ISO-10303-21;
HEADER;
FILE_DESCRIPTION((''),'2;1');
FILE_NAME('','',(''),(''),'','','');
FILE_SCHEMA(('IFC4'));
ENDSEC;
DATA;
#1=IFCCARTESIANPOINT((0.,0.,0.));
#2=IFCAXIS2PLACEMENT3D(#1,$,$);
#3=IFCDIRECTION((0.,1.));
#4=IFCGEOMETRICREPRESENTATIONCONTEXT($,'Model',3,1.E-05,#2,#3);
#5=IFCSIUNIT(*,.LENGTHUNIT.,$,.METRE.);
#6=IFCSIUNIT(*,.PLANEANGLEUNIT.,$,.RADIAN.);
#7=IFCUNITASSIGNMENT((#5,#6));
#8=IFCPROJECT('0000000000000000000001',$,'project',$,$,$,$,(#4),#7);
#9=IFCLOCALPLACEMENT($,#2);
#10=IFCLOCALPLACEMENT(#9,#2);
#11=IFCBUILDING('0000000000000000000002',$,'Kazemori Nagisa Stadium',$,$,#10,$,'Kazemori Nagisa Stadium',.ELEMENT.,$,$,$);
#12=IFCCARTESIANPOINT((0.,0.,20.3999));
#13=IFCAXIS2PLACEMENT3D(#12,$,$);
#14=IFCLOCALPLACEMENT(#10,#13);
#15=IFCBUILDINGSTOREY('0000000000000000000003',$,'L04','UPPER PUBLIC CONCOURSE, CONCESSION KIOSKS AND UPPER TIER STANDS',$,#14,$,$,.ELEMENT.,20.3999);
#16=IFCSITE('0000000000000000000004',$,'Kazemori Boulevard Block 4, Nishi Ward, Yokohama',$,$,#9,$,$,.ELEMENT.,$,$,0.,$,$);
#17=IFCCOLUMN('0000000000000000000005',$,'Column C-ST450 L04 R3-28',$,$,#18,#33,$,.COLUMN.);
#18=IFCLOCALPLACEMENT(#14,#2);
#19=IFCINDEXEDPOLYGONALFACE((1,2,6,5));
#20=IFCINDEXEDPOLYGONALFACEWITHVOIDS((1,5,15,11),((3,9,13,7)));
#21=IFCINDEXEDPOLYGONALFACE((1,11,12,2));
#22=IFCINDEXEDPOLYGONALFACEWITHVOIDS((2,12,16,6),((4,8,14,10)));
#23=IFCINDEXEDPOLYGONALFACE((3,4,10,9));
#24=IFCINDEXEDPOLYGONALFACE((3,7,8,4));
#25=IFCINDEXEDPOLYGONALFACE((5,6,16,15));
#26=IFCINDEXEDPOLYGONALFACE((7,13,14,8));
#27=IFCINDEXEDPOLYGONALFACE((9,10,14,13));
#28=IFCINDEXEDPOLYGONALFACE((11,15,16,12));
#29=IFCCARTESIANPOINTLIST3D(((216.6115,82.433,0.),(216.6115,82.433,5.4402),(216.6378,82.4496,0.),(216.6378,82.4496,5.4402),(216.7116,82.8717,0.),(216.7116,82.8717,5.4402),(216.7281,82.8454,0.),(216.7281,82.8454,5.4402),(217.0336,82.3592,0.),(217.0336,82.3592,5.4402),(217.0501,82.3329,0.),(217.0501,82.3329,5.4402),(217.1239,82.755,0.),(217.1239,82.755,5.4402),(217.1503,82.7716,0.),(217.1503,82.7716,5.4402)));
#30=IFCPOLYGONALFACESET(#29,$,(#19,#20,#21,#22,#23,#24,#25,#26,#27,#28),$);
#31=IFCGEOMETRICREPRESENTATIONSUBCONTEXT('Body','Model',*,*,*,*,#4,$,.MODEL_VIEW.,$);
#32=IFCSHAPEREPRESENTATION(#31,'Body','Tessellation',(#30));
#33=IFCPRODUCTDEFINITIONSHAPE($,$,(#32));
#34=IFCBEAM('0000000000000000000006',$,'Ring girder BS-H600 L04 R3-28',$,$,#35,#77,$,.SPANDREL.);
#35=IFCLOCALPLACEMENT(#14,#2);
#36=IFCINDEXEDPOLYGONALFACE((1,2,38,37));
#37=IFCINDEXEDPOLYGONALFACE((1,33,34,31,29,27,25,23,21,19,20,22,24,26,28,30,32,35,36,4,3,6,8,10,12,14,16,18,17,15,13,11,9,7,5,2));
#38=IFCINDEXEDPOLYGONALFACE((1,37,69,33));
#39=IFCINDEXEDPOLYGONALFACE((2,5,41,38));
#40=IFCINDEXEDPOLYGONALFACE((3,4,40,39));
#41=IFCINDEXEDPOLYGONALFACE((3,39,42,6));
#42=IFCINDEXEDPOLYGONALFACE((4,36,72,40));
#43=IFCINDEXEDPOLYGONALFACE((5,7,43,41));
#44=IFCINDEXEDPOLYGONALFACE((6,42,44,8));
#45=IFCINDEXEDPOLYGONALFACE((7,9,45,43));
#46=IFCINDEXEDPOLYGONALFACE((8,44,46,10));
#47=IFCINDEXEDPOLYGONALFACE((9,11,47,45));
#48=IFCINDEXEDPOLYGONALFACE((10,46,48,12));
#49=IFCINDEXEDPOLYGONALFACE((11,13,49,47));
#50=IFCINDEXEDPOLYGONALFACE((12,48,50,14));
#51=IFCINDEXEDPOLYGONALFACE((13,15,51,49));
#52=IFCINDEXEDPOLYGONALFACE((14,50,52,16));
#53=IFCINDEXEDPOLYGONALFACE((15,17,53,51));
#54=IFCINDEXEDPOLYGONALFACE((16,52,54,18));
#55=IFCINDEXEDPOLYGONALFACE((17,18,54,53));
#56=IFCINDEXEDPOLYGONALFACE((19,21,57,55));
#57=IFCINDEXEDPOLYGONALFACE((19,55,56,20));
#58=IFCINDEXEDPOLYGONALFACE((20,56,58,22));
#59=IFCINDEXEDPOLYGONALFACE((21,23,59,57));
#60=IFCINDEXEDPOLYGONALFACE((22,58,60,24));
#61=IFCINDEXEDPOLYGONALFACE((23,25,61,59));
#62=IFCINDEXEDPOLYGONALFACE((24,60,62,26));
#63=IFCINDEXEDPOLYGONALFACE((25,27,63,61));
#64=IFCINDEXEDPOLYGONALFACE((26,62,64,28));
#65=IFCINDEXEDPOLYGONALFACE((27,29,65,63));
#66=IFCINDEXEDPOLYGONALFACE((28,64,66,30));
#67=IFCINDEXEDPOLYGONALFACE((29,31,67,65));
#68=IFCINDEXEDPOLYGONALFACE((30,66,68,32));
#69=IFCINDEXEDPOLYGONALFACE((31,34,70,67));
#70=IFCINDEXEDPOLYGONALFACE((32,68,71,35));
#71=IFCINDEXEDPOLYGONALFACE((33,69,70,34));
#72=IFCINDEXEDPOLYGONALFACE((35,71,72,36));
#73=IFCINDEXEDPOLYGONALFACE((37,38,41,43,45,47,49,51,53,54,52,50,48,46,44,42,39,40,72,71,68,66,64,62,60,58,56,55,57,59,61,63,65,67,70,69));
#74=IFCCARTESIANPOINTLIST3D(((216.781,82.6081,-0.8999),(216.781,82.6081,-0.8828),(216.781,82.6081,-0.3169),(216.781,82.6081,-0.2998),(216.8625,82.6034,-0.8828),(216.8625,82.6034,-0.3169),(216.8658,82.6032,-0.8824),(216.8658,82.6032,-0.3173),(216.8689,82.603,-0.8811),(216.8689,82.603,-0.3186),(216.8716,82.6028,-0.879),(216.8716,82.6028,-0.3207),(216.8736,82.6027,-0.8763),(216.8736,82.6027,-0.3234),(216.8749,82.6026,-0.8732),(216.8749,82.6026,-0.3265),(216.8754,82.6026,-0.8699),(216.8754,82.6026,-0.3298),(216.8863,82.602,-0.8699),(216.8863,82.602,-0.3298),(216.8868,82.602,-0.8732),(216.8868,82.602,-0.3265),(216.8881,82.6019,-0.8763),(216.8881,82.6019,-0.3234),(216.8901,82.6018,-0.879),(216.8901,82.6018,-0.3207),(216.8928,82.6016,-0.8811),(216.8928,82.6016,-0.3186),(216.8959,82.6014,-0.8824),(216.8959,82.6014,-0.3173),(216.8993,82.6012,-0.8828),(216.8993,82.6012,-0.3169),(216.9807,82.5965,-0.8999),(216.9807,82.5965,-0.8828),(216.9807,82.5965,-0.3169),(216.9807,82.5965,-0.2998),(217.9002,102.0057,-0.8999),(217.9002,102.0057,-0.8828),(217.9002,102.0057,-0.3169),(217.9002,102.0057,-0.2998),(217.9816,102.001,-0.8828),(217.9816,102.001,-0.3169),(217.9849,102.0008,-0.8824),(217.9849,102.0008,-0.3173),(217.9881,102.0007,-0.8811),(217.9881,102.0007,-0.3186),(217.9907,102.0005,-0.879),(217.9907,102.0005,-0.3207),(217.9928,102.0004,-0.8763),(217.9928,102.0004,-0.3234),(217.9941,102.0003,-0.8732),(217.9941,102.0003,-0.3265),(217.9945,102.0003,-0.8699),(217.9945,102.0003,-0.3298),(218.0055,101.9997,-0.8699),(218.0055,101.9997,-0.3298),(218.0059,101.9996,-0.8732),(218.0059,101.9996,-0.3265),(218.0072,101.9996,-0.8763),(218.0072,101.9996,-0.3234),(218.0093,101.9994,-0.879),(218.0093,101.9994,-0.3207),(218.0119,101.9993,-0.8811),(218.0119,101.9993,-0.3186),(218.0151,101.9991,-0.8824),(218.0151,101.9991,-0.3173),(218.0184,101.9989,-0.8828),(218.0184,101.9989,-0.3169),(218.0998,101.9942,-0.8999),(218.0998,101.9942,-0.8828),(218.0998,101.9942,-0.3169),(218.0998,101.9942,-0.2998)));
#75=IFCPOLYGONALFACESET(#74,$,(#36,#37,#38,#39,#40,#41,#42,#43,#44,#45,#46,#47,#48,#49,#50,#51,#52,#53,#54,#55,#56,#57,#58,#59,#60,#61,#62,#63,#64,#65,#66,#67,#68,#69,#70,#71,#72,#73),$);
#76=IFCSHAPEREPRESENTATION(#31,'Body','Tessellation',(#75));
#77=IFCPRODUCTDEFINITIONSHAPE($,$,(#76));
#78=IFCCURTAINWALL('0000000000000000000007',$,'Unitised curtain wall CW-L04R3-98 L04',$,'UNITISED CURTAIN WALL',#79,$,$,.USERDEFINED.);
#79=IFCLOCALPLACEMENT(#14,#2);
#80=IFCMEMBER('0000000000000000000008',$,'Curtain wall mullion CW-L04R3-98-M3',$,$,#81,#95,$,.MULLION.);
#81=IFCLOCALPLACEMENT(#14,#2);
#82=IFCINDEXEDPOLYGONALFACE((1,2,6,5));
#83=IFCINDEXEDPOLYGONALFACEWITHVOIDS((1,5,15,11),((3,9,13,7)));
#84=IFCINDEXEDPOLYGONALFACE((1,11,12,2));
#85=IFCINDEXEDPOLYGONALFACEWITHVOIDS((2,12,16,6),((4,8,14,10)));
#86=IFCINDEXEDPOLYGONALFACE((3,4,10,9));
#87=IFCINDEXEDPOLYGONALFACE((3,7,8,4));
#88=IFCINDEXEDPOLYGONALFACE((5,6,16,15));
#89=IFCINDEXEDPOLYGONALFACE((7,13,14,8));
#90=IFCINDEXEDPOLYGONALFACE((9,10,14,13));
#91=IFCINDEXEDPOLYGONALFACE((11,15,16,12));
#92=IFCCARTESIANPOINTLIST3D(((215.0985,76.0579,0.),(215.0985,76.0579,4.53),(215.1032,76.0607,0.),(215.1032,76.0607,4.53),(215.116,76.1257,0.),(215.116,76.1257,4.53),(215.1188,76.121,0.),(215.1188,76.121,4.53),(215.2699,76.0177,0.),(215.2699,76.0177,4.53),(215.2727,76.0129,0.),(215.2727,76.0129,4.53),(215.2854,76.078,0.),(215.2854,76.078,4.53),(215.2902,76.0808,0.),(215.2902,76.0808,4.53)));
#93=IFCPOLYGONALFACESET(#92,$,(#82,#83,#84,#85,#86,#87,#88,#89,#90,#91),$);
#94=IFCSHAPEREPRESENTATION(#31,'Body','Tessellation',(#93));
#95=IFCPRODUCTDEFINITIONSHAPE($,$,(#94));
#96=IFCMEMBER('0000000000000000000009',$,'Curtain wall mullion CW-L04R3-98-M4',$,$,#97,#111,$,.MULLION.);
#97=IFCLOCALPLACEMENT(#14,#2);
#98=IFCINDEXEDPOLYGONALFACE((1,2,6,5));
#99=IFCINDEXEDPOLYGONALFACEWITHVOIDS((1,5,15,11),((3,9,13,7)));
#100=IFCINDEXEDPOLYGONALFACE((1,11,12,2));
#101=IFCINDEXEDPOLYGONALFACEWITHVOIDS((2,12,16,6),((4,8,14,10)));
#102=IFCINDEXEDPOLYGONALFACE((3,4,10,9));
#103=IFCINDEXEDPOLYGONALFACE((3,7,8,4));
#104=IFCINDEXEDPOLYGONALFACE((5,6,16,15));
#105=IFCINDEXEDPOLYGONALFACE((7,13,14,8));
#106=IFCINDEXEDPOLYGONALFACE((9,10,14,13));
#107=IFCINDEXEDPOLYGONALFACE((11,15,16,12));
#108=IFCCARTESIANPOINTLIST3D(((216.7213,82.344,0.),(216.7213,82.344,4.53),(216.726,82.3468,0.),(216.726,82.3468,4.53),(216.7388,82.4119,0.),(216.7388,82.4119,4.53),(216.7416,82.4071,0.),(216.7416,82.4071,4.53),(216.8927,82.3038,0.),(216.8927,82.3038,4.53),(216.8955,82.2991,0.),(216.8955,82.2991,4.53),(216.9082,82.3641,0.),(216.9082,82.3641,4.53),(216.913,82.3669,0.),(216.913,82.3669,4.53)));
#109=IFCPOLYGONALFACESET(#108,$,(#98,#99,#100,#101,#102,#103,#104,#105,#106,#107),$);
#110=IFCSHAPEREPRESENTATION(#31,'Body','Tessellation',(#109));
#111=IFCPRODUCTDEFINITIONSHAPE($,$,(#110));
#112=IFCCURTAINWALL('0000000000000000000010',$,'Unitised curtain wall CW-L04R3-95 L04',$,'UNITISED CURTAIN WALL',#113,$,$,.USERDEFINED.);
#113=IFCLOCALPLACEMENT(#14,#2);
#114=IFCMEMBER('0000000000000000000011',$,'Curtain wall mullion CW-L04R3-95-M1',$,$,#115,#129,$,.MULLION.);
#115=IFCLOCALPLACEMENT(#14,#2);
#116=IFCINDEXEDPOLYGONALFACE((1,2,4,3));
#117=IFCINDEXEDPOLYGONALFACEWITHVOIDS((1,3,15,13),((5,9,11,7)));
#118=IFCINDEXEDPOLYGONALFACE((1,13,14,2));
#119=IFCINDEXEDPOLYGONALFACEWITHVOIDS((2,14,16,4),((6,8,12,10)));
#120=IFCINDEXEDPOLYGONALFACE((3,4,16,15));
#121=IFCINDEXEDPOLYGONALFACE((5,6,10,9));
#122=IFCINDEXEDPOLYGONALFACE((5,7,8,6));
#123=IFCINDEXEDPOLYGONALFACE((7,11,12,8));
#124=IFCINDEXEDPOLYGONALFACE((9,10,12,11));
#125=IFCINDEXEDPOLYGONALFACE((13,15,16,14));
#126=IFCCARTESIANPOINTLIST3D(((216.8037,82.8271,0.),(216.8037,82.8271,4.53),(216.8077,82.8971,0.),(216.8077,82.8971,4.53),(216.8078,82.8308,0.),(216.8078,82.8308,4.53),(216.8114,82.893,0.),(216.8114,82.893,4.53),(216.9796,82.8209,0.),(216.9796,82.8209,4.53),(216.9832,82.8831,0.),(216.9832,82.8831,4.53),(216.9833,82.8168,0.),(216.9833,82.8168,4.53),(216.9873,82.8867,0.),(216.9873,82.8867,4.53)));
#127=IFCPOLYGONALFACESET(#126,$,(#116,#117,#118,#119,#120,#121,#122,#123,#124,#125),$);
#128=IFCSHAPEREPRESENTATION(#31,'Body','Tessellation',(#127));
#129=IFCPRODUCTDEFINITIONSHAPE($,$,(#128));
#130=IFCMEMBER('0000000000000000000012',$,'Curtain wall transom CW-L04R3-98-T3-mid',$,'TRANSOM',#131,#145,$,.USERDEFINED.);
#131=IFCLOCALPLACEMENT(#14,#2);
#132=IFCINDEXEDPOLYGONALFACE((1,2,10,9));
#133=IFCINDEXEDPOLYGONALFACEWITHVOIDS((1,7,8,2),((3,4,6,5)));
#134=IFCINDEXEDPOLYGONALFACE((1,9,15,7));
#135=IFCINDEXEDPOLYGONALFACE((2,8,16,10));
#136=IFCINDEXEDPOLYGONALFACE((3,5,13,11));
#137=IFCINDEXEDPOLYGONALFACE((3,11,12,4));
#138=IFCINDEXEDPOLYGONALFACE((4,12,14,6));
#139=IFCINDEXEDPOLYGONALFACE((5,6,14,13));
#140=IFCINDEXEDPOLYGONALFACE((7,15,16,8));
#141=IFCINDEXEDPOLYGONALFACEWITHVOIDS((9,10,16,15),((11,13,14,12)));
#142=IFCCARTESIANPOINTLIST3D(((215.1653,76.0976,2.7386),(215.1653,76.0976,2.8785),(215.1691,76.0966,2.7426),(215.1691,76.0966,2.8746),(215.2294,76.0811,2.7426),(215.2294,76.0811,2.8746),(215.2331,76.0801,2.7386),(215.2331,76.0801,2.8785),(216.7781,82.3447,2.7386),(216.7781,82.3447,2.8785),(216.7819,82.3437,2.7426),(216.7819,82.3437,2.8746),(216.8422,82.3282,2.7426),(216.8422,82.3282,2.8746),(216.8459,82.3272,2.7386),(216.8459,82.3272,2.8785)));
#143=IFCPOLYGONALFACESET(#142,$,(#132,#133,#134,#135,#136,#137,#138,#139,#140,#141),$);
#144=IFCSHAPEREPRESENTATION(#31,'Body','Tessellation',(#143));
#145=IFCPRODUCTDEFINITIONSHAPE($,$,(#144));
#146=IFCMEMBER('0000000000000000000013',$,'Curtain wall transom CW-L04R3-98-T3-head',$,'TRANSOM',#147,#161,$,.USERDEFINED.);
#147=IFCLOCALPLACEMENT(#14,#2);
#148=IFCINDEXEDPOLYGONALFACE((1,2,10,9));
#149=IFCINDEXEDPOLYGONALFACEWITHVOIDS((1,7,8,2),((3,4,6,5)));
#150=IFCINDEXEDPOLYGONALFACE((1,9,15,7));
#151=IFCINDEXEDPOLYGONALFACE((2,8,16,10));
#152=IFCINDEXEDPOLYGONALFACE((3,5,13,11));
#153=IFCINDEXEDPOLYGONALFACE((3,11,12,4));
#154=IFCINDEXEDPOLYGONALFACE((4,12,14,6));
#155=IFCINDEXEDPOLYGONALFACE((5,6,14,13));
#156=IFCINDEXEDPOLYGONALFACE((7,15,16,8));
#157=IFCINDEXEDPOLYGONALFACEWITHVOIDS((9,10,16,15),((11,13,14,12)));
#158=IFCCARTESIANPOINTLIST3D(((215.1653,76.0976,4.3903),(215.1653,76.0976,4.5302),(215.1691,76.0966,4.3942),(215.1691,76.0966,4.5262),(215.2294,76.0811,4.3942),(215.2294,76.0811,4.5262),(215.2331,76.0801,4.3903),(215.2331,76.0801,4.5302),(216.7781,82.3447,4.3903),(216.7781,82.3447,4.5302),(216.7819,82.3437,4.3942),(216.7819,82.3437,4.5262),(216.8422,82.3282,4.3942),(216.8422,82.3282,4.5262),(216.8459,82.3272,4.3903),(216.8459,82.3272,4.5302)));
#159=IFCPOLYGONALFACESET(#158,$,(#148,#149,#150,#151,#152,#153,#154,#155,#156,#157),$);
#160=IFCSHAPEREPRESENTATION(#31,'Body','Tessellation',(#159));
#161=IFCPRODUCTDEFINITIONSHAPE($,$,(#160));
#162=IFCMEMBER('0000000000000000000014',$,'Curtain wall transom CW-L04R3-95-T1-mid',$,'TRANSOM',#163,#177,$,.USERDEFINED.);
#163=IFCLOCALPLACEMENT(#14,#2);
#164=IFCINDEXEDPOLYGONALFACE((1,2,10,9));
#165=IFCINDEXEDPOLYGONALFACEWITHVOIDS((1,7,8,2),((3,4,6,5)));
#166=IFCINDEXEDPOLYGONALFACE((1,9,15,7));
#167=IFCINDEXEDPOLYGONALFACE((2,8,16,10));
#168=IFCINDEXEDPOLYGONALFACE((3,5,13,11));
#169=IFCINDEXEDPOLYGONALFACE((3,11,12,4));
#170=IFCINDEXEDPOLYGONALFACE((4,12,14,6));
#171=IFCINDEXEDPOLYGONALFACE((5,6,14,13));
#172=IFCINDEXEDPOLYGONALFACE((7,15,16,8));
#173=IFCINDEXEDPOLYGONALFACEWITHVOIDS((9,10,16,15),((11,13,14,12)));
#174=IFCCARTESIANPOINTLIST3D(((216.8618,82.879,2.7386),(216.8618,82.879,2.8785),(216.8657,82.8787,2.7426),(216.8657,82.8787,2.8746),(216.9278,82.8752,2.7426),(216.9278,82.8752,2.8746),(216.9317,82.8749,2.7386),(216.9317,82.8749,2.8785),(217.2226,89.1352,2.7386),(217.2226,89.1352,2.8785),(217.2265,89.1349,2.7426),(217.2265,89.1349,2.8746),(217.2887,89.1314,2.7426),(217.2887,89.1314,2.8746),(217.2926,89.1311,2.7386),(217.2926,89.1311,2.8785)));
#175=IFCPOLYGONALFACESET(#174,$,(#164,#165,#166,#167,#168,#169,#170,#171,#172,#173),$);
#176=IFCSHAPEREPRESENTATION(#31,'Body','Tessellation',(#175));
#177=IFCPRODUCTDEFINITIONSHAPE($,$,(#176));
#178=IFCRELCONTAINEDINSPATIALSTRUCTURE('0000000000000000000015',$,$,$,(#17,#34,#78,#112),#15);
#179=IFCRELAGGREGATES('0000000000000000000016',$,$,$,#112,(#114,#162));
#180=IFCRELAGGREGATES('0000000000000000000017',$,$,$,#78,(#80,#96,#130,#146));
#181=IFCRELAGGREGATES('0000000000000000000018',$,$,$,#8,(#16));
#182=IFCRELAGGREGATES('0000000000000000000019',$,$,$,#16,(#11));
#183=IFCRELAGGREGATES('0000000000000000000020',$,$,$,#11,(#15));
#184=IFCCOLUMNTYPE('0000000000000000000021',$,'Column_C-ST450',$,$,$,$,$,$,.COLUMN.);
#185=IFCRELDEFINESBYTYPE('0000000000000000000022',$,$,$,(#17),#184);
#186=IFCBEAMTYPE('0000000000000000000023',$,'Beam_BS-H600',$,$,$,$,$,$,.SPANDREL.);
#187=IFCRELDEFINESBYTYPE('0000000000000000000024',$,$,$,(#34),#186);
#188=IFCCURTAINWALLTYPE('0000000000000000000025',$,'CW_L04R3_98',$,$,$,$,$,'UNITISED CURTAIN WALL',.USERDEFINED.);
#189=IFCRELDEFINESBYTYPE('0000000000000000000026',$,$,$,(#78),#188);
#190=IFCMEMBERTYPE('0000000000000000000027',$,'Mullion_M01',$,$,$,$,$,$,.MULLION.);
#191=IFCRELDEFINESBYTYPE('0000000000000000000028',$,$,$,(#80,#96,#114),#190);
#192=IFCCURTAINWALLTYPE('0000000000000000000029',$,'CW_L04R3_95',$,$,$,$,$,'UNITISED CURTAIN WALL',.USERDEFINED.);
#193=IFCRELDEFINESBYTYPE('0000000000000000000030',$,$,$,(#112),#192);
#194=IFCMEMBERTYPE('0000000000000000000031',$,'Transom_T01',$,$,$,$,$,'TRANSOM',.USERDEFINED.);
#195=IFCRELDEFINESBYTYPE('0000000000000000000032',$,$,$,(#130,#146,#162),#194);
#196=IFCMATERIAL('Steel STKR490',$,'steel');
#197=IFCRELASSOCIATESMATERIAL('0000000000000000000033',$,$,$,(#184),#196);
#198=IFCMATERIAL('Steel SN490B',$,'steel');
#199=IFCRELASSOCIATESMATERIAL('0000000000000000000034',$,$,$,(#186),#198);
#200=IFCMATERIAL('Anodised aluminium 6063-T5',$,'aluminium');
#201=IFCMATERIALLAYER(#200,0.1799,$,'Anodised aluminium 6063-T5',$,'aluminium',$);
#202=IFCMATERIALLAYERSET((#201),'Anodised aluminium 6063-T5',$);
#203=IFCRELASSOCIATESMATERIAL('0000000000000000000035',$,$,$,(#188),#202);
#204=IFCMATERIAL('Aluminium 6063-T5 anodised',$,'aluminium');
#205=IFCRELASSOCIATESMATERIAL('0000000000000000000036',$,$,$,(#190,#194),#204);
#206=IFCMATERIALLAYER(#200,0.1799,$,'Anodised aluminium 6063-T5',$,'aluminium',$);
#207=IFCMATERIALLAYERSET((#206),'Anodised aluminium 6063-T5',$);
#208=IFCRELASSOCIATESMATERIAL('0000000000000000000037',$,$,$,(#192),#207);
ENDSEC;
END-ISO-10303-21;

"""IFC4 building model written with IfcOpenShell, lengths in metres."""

from ifc_helpers import new_model, si_unit, direction, frame, origin, origin_2d, place, context, subcontext, project, spatial, hollow_rectangle, i_section, extrude, material, layer, layer_set, material_profile, profile_set, type_object, element, aggregate, save


model = new_model("IFC4")

# Units and contexts
model_context = context("Model", 3, precision=1e-05, world=origin(), true_north=direction((0.0, 1.0)))
body_context = subcontext(model_context, "Body", "Model", "MODEL_VIEW")
ifc_project = project(units=[si_unit("LENGTHUNIT", "METRE"), si_unit("PLANEANGLEUNIT", "RADIAN")], contexts=[model_context])

# Site, building, storey
site_placement = place(None, origin())
site = spatial("IfcSite", under=ifc_project, at=site_placement, Name="Kazemori Boulevard Block 4, Nishi Ward, Yokohama", CompositionType="ELEMENT", RefElevation=0.0)
building_placement = place(site_placement, origin())
building = spatial("IfcBuilding", under=site, at=building_placement, Name="Kazemori Nagisa Stadium", LongName="Kazemori Nagisa Stadium", CompositionType="ELEMENT")
storey_placement = place(building_placement, frame((0.0, 0.0, 20.3999)))
storey = spatial("IfcBuildingStorey", under=building, at=storey_placement, Name="L04", Description="UPPER PUBLIC CONCOURSE, CONCESSION KIOSKS AND UPPER TIER STANDS", CompositionType="ELEMENT", Elevation=20.3999)

# Column
ifc_material_1 = material(Name="Steel STKR490", Category="steel")
ifc_material_profile_1 = material_profile(ifc_material_1, hollow_rectangle(XDim=0.45, YDim=0.45, WallThickness=0.022, at=origin_2d()), Name="SHS-450x450x22")
ifc_profile_set_1 = profile_set([ifc_material_profile_1], Name="Steel STKR490")
column_type = type_object("IfcColumnType", Name="Column_C-ST450", PredefinedType="COLUMN", material=ifc_profile_set_1)
column_placement = place(storey_placement, frame((216.8809, 82.6023, 0.0), z_axis=(0.0, 0.0, 1.0), x_axis=(0.974928, -0.222521, 0.0)))
element("IfcColumn", 1, at=column_placement, inside=storey, type_object=column_type, Name="Column C-ST450 L04 R3-28", PredefinedType="COLUMN", context=body_context, shape_type="SweptSolid", body=[
    extrude(hollow_rectangle(XDim=0.45, YDim=0.45, WallThickness=0.022, at=origin_2d()), origin(), (0.0, 0.0, 1.0), 5.4402),
])

# Beam
ifc_material_2 = material(Name="Steel SN490B", Category="steel")
ifc_material_profile_2 = material_profile(ifc_material_2, i_section(OverallWidth=0.2, OverallDepth=0.6001, WebThickness=0.011, FlangeThickness=0.0171, FilletRadius=0.0129, at=origin_2d()), Name="H-600x200x11x17")
ifc_profile_set_2 = profile_set([ifc_material_profile_2], Name="Steel SN490B")
beam_type = type_object("IfcBeamType", Name="Beam_BS-H600", PredefinedType="SPANDREL", material=ifc_profile_set_2)
beam_placement = place(storey_placement, frame((216.8809, 82.6023, -0.5999), z_axis=(0.057599, 0.99834, 0.0), x_axis=(-0.99834, 0.057599, 0.0)))
element("IfcBeam", 2, at=beam_placement, inside=storey, type_object=beam_type, Name="Ring girder BS-H600 L04 R3-28", PredefinedType="SPANDREL", context=body_context, shape_type="SweptSolid", body=[
    extrude(i_section(OverallWidth=0.2, OverallDepth=0.6001, WebThickness=0.011, FlangeThickness=0.0171, FilletRadius=0.0129, at=origin_2d()), origin(), (0.0, 0.0, 1.0), 19.4299),
])

# Curtain wall, members
ifc_material_3 = material(Name="Anodised aluminium 6063-T5", Category="aluminium")
ifc_layer_1 = layer(ifc_material_3, 0.1799, Name="Anodised aluminium 6063-T5", Category="aluminium")
ifc_layer_set_1 = layer_set([ifc_layer_1], Name="Anodised aluminium 6063-T5")
curtain_wall_type_1 = type_object("IfcCurtainWallType", Name="CW_L04R3_98", ElementType="UNITISED CURTAIN WALL", PredefinedType="USERDEFINED", material=ifc_layer_set_1)
curtain_wall_1_placement = place(storey_placement, origin())
curtain_wall_1 = element("IfcCurtainWall", 3, at=curtain_wall_1_placement, inside=storey, type_object=curtain_wall_type_1, Name="Unitised curtain wall CW-L04R3-98 L04", ObjectType="UNITISED CURTAIN WALL", PredefinedType="USERDEFINED")
ifc_material_4 = material(Name="Aluminium 6063-T5 anodised", Category="aluminium")
ifc_material_profile_3 = material_profile(ifc_material_4, hollow_rectangle(XDim=0.0701, YDim=0.1799, WallThickness=0.0039, at=origin_2d()), Name="ALU-MULL-70x180x4")
ifc_profile_set_3 = profile_set([ifc_material_profile_3], Name="Aluminium 6063-T5 anodised")
member_type_1 = type_object("IfcMemberType", Name="Mullion_M01", PredefinedType="MULLION", material=ifc_profile_set_3)
member_1_placement = place(storey_placement, frame((215.1943, 76.0693, 0.0), z_axis=(0.0, 0.0, 1.0), x_axis=(0.249965, 0.968255, 0.0)))
member_1 = element("IfcMember", 4, at=member_1_placement, type_object=member_type_1, Name="Curtain wall mullion CW-L04R3-98-M3", PredefinedType="MULLION", context=body_context, shape_type="SweptSolid", body=[
    extrude(hollow_rectangle(XDim=0.0701, YDim=0.1799, WallThickness=0.0039, at=origin_2d()), origin(), (0.0, 0.0, 1.0), 4.53),
])
member_2_placement = place(storey_placement, frame((216.8171, 82.3555, 0.0), z_axis=(0.0, 0.0, 1.0), x_axis=(0.249965, 0.968255, 0.0)))
member_2 = element("IfcMember", 5, at=member_2_placement, type_object=member_type_1, Name="Curtain wall mullion CW-L04R3-98-M4", PredefinedType="MULLION", context=body_context, shape_type="SweptSolid", body=[
    extrude(hollow_rectangle(XDim=0.0701, YDim=0.1799, WallThickness=0.0039, at=origin_2d()), origin(), (0.0, 0.0, 1.0), 4.53),
])

# Curtain wall, member
ifc_layer_2 = layer(ifc_material_3, 0.1799, Name="Anodised aluminium 6063-T5", Category="aluminium")
ifc_layer_set_2 = layer_set([ifc_layer_2], Name="Anodised aluminium 6063-T5")
curtain_wall_type_2 = type_object("IfcCurtainWallType", Name="CW_L04R3_95", ElementType="UNITISED CURTAIN WALL", PredefinedType="USERDEFINED", material=ifc_layer_set_2)
curtain_wall_2_placement = place(storey_placement, origin())
curtain_wall_2 = element("IfcCurtainWall", 6, at=curtain_wall_2_placement, inside=storey, type_object=curtain_wall_type_2, Name="Unitised curtain wall CW-L04R3-95 L04", ObjectType="UNITISED CURTAIN WALL", PredefinedType="USERDEFINED")
member_3_placement = place(storey_placement, frame((216.8955, 82.8569, 0.0), z_axis=(0.0, 0.0, 1.0), x_axis=(0.057602, 0.99834, 0.0)))
member_3 = element("IfcMember", 7, at=member_3_placement, type_object=member_type_1, Name="Curtain wall mullion CW-L04R3-95-M1", PredefinedType="MULLION", context=body_context, shape_type="SweptSolid", body=[
    extrude(hollow_rectangle(XDim=0.0701, YDim=0.1799, WallThickness=0.0039, at=origin_2d()), origin(), (0.0, 0.0, 1.0), 4.53),
])

# Members
ifc_material_profile_4 = material_profile(ifc_material_4, hollow_rectangle(XDim=0.0701, YDim=0.1399, WallThickness=0.0039, at=origin_2d()), Name="ALU-TRAN-70x140x4")
ifc_profile_set_4 = profile_set([ifc_material_profile_4], Name="Aluminium 6063-T5 anodised")
member_type_2 = type_object("IfcMemberType", Name="Transom_T01", ElementType="TRANSOM", PredefinedType="USERDEFINED", material=ifc_profile_set_4)
member_4_placement = place(storey_placement, frame((215.1992, 76.0889, 2.8086), z_axis=(0.249972, 0.968253, 0.0), x_axis=(-0.968253, 0.249972, 0.0)))
member_4 = element("IfcMember", 8, at=member_4_placement, type_object=member_type_2, Name="Curtain wall transom CW-L04R3-98-T3-mid", ObjectType="TRANSOM", PredefinedType="USERDEFINED", context=body_context, shape_type="SweptSolid", body=[
    extrude(hollow_rectangle(XDim=0.0701, YDim=0.1399, WallThickness=0.0039, at=origin_2d()), origin(), (0.0, 0.0, 1.0), 6.4519),
])
member_5_placement = place(storey_placement, frame((215.1992, 76.0889, 4.4602), z_axis=(0.249972, 0.968253, 0.0), x_axis=(-0.968253, 0.249972, 0.0)))
member_5 = element("IfcMember", 9, at=member_5_placement, type_object=member_type_2, Name="Curtain wall transom CW-L04R3-98-T3-head", ObjectType="TRANSOM", PredefinedType="USERDEFINED", context=body_context, shape_type="SweptSolid", body=[
    extrude(hollow_rectangle(XDim=0.0701, YDim=0.1399, WallThickness=0.0039, at=origin_2d()), origin(), (0.0, 0.0, 1.0), 6.4519),
])
member_6_placement = place(storey_placement, frame((216.8967, 82.877, 2.8086), z_axis=(0.057582, 0.998341, 0.0), x_axis=(-0.998341, 0.057582, 0.0)))
member_6 = element("IfcMember", 10, at=member_6_placement, type_object=member_type_2, Name="Curtain wall transom CW-L04R3-95-T1-mid", ObjectType="TRANSOM", PredefinedType="USERDEFINED", context=body_context, shape_type="SweptSolid", body=[
    extrude(hollow_rectangle(XDim=0.0701, YDim=0.1399, WallThickness=0.0039, at=origin_2d()), origin(), (0.0, 0.0, 1.0), 6.2666),
])
aggregate(curtain_wall_2, [member_3, member_6])

aggregate(curtain_wall_1, [member_1, member_2, member_4, member_5])

save(model, "model.ifc")
